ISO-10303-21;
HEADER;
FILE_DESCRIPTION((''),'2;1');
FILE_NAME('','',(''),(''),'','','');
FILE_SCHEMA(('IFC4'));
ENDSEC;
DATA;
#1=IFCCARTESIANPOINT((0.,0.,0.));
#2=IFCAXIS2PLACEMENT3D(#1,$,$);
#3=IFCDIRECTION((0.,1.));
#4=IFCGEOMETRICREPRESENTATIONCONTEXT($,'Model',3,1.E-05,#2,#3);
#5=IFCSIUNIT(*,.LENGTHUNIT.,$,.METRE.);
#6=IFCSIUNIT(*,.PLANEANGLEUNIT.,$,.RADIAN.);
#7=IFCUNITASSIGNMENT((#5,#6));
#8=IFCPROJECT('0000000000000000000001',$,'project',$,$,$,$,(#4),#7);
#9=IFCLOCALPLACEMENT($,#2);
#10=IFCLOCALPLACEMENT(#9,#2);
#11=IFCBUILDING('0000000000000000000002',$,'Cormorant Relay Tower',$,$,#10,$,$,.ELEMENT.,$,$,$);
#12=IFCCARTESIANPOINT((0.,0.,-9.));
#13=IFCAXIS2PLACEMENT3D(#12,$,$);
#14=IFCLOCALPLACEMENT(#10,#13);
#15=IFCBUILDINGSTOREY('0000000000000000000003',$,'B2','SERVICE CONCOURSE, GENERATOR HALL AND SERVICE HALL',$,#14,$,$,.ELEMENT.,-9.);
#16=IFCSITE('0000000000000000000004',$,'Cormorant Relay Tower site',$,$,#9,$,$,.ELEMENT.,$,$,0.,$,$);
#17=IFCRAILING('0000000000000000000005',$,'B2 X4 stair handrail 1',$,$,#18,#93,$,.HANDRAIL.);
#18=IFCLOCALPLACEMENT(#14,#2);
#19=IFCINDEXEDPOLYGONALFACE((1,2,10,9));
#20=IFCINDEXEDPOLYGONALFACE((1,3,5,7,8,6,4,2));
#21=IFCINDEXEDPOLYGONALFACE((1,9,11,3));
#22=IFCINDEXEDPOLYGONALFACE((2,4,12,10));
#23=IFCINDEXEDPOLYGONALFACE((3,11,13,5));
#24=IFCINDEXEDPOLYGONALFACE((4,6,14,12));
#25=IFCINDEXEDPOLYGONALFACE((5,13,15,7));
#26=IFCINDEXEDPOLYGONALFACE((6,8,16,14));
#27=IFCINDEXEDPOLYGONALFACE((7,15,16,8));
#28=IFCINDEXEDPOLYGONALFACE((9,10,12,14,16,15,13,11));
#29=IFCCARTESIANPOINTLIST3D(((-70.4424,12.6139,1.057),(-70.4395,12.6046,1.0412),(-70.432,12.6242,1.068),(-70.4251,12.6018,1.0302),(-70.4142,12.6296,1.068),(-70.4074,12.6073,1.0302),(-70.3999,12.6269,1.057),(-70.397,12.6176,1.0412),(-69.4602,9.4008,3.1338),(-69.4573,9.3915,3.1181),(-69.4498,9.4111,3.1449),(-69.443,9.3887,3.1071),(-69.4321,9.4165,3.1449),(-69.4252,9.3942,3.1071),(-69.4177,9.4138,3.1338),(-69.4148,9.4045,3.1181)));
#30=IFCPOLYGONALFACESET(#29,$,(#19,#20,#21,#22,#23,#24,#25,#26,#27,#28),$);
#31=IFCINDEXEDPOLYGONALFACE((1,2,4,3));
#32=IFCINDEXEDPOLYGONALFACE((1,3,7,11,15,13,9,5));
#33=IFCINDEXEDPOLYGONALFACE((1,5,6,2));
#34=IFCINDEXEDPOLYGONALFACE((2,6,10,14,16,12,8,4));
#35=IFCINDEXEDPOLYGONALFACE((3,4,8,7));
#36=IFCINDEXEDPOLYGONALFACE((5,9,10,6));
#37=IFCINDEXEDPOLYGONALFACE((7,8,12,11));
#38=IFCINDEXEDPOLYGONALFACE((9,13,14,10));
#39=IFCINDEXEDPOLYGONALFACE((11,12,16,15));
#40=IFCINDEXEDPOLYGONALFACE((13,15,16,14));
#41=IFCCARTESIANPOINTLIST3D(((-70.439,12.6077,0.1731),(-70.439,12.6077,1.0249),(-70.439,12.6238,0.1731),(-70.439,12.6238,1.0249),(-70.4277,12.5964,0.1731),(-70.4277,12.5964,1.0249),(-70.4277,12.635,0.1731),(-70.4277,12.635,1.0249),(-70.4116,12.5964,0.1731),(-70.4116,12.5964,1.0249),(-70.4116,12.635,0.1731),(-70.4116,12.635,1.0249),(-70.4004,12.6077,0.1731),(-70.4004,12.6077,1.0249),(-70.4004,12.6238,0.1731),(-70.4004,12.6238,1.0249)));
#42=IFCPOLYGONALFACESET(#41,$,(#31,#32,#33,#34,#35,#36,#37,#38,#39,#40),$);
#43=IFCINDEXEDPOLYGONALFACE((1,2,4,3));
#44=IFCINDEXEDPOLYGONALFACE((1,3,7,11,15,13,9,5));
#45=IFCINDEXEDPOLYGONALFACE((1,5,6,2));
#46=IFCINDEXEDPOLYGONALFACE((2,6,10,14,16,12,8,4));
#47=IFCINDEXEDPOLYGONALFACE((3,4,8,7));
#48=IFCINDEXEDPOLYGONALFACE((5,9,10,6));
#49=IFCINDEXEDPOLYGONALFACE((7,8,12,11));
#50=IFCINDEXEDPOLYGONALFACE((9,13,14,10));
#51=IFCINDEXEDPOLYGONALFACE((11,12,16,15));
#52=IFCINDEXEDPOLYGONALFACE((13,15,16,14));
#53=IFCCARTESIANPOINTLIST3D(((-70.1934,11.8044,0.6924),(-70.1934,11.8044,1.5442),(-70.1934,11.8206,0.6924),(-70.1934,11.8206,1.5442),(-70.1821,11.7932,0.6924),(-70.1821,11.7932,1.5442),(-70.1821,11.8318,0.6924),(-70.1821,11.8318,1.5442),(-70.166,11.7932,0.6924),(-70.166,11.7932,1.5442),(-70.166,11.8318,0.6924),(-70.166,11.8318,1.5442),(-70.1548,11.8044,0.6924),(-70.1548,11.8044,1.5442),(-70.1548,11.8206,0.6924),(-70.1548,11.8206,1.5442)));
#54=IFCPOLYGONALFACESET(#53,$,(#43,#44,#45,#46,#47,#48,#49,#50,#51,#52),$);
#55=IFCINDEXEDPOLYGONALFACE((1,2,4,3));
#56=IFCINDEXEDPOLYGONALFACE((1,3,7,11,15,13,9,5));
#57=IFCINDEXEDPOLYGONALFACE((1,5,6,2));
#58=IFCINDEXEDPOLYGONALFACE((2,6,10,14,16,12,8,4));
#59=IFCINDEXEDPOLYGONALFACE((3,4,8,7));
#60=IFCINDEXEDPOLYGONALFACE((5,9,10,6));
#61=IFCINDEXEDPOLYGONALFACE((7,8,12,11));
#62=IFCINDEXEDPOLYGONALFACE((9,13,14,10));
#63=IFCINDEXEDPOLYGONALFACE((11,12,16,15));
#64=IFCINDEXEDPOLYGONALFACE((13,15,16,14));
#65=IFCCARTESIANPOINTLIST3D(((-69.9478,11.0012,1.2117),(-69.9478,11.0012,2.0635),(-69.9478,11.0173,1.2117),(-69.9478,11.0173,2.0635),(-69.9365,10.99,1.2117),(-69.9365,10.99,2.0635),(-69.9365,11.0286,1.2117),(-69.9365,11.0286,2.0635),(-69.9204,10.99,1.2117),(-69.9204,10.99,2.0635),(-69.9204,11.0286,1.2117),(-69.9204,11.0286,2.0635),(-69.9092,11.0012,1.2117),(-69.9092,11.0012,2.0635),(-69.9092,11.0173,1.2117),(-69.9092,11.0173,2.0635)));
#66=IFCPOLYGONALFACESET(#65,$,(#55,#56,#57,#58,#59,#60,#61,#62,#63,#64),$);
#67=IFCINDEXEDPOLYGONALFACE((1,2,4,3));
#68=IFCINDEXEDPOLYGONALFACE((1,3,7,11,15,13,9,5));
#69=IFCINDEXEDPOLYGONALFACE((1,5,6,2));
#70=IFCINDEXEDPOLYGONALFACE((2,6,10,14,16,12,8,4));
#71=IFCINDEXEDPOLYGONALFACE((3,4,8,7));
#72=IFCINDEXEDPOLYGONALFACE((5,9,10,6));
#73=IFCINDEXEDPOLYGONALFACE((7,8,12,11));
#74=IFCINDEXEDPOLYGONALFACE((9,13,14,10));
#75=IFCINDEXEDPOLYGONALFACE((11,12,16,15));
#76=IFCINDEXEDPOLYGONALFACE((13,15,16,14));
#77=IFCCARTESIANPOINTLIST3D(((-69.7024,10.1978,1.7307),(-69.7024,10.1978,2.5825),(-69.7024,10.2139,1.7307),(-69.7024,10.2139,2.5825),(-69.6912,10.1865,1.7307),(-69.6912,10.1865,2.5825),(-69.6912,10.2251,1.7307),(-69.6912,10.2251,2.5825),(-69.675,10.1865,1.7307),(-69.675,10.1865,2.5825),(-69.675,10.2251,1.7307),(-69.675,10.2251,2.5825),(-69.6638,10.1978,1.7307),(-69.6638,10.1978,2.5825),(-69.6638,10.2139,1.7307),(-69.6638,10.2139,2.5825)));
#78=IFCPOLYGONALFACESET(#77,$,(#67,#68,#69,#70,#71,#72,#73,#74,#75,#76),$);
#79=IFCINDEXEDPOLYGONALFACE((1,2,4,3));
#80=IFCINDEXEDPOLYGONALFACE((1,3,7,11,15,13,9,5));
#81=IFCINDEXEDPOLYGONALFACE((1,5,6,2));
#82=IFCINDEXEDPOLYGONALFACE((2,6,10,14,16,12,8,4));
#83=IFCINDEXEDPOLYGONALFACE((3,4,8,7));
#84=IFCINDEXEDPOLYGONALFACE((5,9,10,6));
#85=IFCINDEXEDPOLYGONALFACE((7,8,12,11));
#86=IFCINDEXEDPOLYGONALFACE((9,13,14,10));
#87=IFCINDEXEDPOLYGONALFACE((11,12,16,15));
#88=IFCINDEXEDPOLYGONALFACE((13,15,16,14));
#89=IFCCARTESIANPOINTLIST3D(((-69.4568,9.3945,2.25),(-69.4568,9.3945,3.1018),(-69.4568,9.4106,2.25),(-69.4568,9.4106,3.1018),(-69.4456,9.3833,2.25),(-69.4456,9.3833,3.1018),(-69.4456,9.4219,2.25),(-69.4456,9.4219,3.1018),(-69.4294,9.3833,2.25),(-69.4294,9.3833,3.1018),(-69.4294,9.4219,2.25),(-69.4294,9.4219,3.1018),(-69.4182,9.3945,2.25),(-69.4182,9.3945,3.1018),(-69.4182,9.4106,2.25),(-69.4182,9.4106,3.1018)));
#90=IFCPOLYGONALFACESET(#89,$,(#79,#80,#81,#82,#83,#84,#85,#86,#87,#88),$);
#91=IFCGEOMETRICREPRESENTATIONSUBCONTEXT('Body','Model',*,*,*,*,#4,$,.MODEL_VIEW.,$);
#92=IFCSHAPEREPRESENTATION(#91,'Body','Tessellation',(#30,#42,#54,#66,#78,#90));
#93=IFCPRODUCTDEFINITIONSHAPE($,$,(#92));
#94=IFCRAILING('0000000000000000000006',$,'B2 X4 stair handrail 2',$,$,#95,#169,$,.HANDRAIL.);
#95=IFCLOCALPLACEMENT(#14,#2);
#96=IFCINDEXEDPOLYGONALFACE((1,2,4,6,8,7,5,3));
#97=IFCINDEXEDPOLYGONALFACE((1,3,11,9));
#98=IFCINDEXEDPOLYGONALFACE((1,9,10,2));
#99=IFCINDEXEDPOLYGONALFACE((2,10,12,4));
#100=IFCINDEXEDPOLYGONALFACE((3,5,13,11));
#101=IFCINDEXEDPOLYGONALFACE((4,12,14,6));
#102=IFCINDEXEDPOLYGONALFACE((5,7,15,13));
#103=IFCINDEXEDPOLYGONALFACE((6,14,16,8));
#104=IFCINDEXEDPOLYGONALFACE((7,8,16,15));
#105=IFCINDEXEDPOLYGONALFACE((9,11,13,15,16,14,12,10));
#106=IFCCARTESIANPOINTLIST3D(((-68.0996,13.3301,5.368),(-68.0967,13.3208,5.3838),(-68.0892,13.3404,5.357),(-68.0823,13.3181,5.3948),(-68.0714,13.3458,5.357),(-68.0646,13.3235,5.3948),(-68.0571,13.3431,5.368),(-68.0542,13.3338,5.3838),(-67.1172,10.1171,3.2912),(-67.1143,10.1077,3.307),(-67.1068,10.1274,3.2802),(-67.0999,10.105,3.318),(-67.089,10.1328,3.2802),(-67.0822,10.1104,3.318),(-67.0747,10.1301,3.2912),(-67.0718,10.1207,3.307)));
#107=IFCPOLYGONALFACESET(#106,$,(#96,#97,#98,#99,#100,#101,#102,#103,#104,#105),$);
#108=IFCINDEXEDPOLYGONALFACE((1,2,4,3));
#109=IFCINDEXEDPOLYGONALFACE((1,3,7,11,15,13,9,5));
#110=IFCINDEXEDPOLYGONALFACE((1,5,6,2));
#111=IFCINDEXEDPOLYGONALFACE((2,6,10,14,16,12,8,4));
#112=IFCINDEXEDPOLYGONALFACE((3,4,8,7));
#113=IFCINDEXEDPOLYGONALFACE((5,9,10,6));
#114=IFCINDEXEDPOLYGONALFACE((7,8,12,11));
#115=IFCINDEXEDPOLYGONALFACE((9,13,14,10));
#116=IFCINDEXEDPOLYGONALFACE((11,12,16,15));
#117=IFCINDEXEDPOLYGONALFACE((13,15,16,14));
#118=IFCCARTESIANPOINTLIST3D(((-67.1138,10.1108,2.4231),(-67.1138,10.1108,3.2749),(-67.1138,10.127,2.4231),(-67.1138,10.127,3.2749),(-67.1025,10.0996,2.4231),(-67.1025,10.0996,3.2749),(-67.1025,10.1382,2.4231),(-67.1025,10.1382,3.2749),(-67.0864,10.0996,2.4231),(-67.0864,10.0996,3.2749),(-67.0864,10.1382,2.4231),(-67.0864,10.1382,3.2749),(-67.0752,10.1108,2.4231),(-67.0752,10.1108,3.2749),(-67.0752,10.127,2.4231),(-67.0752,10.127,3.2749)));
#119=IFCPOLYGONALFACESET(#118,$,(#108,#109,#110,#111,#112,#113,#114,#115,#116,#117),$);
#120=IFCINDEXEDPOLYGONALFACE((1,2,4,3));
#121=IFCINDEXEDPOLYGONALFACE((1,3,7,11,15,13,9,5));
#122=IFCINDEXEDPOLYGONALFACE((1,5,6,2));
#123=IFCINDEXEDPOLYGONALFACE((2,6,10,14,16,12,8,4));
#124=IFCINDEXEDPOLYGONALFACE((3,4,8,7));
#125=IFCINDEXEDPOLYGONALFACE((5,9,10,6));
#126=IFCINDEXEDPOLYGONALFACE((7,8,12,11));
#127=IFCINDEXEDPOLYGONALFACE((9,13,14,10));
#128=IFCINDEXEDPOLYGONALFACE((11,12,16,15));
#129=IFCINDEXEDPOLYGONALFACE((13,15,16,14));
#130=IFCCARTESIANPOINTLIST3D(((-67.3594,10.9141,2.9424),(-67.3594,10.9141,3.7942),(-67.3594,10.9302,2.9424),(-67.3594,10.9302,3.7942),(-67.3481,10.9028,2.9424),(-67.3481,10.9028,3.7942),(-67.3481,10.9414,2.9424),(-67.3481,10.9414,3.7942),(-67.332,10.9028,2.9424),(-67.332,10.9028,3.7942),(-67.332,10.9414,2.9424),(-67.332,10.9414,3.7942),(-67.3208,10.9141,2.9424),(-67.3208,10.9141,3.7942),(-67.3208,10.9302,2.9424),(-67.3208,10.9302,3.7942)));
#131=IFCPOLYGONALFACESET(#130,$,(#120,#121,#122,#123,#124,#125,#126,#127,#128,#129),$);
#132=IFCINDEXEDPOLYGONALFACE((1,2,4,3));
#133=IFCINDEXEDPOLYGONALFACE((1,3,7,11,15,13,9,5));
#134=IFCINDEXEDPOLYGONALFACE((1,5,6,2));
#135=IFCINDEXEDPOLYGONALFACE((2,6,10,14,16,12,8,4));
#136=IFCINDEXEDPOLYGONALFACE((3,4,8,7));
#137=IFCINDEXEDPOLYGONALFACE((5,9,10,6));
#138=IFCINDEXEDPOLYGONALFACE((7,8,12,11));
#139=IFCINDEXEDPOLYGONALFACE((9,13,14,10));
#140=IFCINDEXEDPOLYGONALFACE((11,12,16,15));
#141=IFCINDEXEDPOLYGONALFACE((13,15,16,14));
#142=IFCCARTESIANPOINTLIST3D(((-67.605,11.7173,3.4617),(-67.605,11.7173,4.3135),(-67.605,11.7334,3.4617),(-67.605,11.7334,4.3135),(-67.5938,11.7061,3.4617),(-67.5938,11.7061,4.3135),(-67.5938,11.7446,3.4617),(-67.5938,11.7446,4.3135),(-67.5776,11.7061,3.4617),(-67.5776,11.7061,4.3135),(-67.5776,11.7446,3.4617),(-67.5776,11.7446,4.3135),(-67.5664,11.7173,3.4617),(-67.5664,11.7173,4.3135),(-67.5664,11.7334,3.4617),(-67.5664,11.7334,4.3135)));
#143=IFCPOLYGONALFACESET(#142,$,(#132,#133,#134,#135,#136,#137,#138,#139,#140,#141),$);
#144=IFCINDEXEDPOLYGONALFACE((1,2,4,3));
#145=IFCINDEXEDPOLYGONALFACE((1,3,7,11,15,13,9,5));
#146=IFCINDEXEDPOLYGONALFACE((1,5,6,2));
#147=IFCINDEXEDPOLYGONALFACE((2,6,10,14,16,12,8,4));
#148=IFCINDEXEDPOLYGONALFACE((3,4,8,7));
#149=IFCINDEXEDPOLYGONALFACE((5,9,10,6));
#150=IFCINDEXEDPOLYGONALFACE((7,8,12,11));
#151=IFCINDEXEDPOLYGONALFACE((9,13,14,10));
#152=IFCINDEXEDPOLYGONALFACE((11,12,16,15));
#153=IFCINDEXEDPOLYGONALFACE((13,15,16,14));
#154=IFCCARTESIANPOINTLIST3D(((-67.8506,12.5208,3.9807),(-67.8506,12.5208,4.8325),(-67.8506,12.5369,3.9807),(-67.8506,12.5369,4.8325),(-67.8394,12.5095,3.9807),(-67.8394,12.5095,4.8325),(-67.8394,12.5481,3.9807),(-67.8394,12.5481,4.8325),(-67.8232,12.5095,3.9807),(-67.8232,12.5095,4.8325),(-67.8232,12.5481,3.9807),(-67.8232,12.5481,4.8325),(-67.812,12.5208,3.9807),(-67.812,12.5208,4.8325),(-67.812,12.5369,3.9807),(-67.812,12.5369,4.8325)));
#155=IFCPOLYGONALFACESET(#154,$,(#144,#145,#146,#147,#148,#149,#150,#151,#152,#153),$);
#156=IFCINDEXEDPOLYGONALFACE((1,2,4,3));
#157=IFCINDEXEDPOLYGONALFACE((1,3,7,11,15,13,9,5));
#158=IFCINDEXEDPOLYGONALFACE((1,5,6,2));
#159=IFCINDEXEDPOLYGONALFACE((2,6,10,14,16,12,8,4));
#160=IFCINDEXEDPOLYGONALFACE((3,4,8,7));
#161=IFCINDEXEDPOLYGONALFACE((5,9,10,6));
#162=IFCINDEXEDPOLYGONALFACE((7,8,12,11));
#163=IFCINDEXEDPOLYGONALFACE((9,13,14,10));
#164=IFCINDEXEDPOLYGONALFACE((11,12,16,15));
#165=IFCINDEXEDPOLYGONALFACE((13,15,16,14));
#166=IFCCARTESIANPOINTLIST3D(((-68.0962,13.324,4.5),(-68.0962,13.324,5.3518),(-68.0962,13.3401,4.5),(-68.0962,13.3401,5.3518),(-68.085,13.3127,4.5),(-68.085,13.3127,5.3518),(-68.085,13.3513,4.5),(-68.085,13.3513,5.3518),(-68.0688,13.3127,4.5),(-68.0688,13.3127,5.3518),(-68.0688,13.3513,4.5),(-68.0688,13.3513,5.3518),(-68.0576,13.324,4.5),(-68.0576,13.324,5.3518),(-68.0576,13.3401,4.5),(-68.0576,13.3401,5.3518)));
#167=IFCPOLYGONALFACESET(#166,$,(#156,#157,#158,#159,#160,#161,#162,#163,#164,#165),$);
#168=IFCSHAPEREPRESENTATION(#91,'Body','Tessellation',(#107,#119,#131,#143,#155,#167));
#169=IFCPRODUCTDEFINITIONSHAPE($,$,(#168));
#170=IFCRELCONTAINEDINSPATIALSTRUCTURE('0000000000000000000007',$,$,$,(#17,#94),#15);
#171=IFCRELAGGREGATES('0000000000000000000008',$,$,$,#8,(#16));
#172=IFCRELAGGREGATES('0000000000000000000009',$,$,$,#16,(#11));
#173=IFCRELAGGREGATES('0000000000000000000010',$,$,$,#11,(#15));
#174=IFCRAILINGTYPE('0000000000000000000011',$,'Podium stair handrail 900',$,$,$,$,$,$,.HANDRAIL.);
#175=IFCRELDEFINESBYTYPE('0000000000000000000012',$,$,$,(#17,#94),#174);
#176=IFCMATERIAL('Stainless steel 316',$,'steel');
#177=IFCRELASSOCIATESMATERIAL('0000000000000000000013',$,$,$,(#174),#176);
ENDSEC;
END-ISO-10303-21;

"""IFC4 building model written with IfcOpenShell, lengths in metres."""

from ifc_helpers import new_model, si_unit, direction, frame, origin, place, context, subcontext, project, spatial, polyline, outline, extrude, material, type_object, element, save


model = new_model("IFC4")

# Units and contexts
model_context = context("Model", 3, precision=1e-05, world=origin(), true_north=direction((0.0, 1.0)))
body_context = subcontext(model_context, "Body", "Model", "MODEL_VIEW")
ifc_project = project(units=[si_unit("LENGTHUNIT", "METRE"), si_unit("PLANEANGLEUNIT", "RADIAN")], contexts=[model_context])

# Site, building, storey
site_placement = place(None, origin())
site = spatial("IfcSite", under=ifc_project, at=site_placement, Name="Cormorant Relay Tower site", CompositionType="ELEMENT", RefElevation=0.0)
building_placement = place(site_placement, origin())
building = spatial("IfcBuilding", under=site, at=building_placement, Name="Cormorant Relay Tower", CompositionType="ELEMENT")
storey_placement = place(building_placement, frame((0.0, 0.0, -9.0)))
storey = spatial("IfcBuildingStorey", under=building, at=storey_placement, Name="B2", Description="SERVICE CONCOURSE, GENERATOR HALL AND SERVICE HALL", CompositionType="ELEMENT", Elevation=-9.0)

# Railings
ifc_material_1 = material(Name="Stainless steel 316", Category="steel")
railing_type_1 = type_object("IfcRailingType", Name="Podium stair handrail 900", PredefinedType="HANDRAIL", material=ifc_material_1)
railing_1_placement = place(storey_placement, frame((-70.4197, 12.6157, 0.1731)))
element("IfcRailing", 1, at=railing_1_placement, inside=storey, type_object=railing_type_1, Name="B2 X4 stair handrail 1", PredefinedType="HANDRAIL", context=body_context, shape_type="SweptSolid", body=[
    extrude(outline(polyline([(0.0222, 0.0093), (0.0093, 0.0222), (-0.0093, 0.0222), (-0.0222, 0.0093), (-0.0222, -0.0093), (-0.0093, -0.0222), (0.0093, -0.0222), (0.0222, -0.0093), (0.0222, 0.0093)])), frame((0.0, 0.0, 0.876), z_axis=(0.248653, -0.813453, 0.5258), x_axis=(0.956319, 0.292324, 0.0)), (0.0, 0.0, 1.0), 3.95),
    extrude(outline(polyline([(0.0193, 0.0081), (0.0081, 0.0193), (-0.0081, 0.0193), (-0.0193, 0.0081), (-0.0193, -0.0081), (-0.0081, -0.0193), (0.0081, -0.0193), (0.0193, -0.0081), (0.0193, 0.0081)])), origin(), (0.0, 0.0, 1.0), 0.8518),
    extrude(outline(polyline([(0.0193, 0.0081), (0.0081, 0.0193), (-0.0081, 0.0193), (-0.0193, 0.0081), (-0.0193, -0.0081), (-0.0081, -0.0193), (0.0081, -0.0193), (0.0193, -0.0081), (0.0193, 0.0081)])), frame((0.2456, -0.8032, 0.5193)), (0.0, 0.0, 1.0), 0.8518),
    extrude(outline(polyline([(0.0193, 0.0081), (0.0081, 0.0193), (-0.0081, 0.0193), (-0.0193, 0.0081), (-0.0193, -0.0081), (-0.0081, -0.0193), (0.0081, -0.0193), (0.0193, -0.0081), (0.0193, 0.0081)])), frame((0.4912, -1.6064, 1.0386)), (0.0, 0.0, 1.0), 0.8518),
    extrude(outline(polyline([(0.0193, 0.0081), (0.0081, 0.0193), (-0.0081, 0.0193), (-0.0193, 0.0081), (-0.0193, -0.0081), (-0.0081, -0.0193), (0.0081, -0.0193), (0.0193, -0.0081), (0.0193, 0.0081)])), frame((0.7366, -2.4099, 1.5576)), (0.0, 0.0, 1.0), 0.8518),
    extrude(outline(polyline([(0.0193, 0.0081), (0.0081, 0.0193), (-0.0081, 0.0193), (-0.0193, 0.0081), (-0.0193, -0.0081), (-0.0081, -0.0193), (0.0081, -0.0193), (0.0193, -0.0081), (0.0193, 0.0081)])), frame((0.9822, -3.2131, 2.0769)), (0.0, 0.0, 1.0), 0.8518),
])
railing_2_placement = place(storey_placement, frame((-67.0945, 10.1189, 2.4231)))
element("IfcRailing", 2, at=railing_2_placement, inside=storey, type_object=railing_type_1, Name="B2 X4 stair handrail 2", PredefinedType="HANDRAIL", context=body_context, shape_type="SweptSolid", body=[
    extrude(outline(polyline([(0.0222, 0.0093), (0.0093, 0.0222), (-0.0093, 0.0222), (-0.0222, 0.0093), (-0.0222, -0.0093), (-0.0093, -0.0222), (0.0093, -0.0222), (0.0222, -0.0093), (0.0222, 0.0093)])), frame((0.0, 0.0, 0.876), z_axis=(-0.248711, 0.813441, 0.525791), x_axis=(-0.956299, -0.29239, 0.0)), (0.0, 0.0, 1.0), 3.95),
    extrude(outline(polyline([(0.0193, 0.0081), (0.0081, 0.0193), (-0.0081, 0.0193), (-0.0193, 0.0081), (-0.0193, -0.0081), (-0.0081, -0.0193), (0.0081, -0.0193), (0.0193, -0.0081), (0.0193, 0.0081)])), origin(), (0.0, 0.0, 1.0), 0.8518),
    extrude(outline(polyline([(0.0193, 0.0081), (0.0081, 0.0193), (-0.0081, 0.0193), (-0.0193, 0.0081), (-0.0193, -0.0081), (-0.0081, -0.0193), (0.0081, -0.0193), (0.0193, -0.0081), (0.0193, 0.0081)])), frame((-0.2456, 0.8032, 0.5193)), (0.0, 0.0, 1.0), 0.8518),
    extrude(outline(polyline([(0.0193, 0.0081), (0.0081, 0.0193), (-0.0081, 0.0193), (-0.0193, 0.0081), (-0.0193, -0.0081), (-0.0081, -0.0193), (0.0081, -0.0193), (0.0193, -0.0081), (0.0193, 0.0081)])), frame((-0.4912, 1.6064, 1.0386)), (0.0, 0.0, 1.0), 0.8518),
    extrude(outline(polyline([(0.0193, 0.0081), (0.0081, 0.0193), (-0.0081, 0.0193), (-0.0193, 0.0081), (-0.0193, -0.0081), (-0.0081, -0.0193), (0.0081, -0.0193), (0.0193, -0.0081), (0.0193, 0.0081)])), frame((-0.7368, 2.4099, 1.5576)), (0.0, 0.0, 1.0), 0.8518),
    extrude(outline(polyline([(0.0193, 0.0081), (0.0081, 0.0193), (-0.0081, 0.0193), (-0.0193, 0.0081), (-0.0193, -0.0081), (-0.0081, -0.0193), (0.0081, -0.0193), (0.0193, -0.0081), (0.0193, 0.0081)])), frame((-0.9824, 3.2131, 2.0769)), (0.0, 0.0, 1.0), 0.8518),
])

save(model, "model.ifc")
